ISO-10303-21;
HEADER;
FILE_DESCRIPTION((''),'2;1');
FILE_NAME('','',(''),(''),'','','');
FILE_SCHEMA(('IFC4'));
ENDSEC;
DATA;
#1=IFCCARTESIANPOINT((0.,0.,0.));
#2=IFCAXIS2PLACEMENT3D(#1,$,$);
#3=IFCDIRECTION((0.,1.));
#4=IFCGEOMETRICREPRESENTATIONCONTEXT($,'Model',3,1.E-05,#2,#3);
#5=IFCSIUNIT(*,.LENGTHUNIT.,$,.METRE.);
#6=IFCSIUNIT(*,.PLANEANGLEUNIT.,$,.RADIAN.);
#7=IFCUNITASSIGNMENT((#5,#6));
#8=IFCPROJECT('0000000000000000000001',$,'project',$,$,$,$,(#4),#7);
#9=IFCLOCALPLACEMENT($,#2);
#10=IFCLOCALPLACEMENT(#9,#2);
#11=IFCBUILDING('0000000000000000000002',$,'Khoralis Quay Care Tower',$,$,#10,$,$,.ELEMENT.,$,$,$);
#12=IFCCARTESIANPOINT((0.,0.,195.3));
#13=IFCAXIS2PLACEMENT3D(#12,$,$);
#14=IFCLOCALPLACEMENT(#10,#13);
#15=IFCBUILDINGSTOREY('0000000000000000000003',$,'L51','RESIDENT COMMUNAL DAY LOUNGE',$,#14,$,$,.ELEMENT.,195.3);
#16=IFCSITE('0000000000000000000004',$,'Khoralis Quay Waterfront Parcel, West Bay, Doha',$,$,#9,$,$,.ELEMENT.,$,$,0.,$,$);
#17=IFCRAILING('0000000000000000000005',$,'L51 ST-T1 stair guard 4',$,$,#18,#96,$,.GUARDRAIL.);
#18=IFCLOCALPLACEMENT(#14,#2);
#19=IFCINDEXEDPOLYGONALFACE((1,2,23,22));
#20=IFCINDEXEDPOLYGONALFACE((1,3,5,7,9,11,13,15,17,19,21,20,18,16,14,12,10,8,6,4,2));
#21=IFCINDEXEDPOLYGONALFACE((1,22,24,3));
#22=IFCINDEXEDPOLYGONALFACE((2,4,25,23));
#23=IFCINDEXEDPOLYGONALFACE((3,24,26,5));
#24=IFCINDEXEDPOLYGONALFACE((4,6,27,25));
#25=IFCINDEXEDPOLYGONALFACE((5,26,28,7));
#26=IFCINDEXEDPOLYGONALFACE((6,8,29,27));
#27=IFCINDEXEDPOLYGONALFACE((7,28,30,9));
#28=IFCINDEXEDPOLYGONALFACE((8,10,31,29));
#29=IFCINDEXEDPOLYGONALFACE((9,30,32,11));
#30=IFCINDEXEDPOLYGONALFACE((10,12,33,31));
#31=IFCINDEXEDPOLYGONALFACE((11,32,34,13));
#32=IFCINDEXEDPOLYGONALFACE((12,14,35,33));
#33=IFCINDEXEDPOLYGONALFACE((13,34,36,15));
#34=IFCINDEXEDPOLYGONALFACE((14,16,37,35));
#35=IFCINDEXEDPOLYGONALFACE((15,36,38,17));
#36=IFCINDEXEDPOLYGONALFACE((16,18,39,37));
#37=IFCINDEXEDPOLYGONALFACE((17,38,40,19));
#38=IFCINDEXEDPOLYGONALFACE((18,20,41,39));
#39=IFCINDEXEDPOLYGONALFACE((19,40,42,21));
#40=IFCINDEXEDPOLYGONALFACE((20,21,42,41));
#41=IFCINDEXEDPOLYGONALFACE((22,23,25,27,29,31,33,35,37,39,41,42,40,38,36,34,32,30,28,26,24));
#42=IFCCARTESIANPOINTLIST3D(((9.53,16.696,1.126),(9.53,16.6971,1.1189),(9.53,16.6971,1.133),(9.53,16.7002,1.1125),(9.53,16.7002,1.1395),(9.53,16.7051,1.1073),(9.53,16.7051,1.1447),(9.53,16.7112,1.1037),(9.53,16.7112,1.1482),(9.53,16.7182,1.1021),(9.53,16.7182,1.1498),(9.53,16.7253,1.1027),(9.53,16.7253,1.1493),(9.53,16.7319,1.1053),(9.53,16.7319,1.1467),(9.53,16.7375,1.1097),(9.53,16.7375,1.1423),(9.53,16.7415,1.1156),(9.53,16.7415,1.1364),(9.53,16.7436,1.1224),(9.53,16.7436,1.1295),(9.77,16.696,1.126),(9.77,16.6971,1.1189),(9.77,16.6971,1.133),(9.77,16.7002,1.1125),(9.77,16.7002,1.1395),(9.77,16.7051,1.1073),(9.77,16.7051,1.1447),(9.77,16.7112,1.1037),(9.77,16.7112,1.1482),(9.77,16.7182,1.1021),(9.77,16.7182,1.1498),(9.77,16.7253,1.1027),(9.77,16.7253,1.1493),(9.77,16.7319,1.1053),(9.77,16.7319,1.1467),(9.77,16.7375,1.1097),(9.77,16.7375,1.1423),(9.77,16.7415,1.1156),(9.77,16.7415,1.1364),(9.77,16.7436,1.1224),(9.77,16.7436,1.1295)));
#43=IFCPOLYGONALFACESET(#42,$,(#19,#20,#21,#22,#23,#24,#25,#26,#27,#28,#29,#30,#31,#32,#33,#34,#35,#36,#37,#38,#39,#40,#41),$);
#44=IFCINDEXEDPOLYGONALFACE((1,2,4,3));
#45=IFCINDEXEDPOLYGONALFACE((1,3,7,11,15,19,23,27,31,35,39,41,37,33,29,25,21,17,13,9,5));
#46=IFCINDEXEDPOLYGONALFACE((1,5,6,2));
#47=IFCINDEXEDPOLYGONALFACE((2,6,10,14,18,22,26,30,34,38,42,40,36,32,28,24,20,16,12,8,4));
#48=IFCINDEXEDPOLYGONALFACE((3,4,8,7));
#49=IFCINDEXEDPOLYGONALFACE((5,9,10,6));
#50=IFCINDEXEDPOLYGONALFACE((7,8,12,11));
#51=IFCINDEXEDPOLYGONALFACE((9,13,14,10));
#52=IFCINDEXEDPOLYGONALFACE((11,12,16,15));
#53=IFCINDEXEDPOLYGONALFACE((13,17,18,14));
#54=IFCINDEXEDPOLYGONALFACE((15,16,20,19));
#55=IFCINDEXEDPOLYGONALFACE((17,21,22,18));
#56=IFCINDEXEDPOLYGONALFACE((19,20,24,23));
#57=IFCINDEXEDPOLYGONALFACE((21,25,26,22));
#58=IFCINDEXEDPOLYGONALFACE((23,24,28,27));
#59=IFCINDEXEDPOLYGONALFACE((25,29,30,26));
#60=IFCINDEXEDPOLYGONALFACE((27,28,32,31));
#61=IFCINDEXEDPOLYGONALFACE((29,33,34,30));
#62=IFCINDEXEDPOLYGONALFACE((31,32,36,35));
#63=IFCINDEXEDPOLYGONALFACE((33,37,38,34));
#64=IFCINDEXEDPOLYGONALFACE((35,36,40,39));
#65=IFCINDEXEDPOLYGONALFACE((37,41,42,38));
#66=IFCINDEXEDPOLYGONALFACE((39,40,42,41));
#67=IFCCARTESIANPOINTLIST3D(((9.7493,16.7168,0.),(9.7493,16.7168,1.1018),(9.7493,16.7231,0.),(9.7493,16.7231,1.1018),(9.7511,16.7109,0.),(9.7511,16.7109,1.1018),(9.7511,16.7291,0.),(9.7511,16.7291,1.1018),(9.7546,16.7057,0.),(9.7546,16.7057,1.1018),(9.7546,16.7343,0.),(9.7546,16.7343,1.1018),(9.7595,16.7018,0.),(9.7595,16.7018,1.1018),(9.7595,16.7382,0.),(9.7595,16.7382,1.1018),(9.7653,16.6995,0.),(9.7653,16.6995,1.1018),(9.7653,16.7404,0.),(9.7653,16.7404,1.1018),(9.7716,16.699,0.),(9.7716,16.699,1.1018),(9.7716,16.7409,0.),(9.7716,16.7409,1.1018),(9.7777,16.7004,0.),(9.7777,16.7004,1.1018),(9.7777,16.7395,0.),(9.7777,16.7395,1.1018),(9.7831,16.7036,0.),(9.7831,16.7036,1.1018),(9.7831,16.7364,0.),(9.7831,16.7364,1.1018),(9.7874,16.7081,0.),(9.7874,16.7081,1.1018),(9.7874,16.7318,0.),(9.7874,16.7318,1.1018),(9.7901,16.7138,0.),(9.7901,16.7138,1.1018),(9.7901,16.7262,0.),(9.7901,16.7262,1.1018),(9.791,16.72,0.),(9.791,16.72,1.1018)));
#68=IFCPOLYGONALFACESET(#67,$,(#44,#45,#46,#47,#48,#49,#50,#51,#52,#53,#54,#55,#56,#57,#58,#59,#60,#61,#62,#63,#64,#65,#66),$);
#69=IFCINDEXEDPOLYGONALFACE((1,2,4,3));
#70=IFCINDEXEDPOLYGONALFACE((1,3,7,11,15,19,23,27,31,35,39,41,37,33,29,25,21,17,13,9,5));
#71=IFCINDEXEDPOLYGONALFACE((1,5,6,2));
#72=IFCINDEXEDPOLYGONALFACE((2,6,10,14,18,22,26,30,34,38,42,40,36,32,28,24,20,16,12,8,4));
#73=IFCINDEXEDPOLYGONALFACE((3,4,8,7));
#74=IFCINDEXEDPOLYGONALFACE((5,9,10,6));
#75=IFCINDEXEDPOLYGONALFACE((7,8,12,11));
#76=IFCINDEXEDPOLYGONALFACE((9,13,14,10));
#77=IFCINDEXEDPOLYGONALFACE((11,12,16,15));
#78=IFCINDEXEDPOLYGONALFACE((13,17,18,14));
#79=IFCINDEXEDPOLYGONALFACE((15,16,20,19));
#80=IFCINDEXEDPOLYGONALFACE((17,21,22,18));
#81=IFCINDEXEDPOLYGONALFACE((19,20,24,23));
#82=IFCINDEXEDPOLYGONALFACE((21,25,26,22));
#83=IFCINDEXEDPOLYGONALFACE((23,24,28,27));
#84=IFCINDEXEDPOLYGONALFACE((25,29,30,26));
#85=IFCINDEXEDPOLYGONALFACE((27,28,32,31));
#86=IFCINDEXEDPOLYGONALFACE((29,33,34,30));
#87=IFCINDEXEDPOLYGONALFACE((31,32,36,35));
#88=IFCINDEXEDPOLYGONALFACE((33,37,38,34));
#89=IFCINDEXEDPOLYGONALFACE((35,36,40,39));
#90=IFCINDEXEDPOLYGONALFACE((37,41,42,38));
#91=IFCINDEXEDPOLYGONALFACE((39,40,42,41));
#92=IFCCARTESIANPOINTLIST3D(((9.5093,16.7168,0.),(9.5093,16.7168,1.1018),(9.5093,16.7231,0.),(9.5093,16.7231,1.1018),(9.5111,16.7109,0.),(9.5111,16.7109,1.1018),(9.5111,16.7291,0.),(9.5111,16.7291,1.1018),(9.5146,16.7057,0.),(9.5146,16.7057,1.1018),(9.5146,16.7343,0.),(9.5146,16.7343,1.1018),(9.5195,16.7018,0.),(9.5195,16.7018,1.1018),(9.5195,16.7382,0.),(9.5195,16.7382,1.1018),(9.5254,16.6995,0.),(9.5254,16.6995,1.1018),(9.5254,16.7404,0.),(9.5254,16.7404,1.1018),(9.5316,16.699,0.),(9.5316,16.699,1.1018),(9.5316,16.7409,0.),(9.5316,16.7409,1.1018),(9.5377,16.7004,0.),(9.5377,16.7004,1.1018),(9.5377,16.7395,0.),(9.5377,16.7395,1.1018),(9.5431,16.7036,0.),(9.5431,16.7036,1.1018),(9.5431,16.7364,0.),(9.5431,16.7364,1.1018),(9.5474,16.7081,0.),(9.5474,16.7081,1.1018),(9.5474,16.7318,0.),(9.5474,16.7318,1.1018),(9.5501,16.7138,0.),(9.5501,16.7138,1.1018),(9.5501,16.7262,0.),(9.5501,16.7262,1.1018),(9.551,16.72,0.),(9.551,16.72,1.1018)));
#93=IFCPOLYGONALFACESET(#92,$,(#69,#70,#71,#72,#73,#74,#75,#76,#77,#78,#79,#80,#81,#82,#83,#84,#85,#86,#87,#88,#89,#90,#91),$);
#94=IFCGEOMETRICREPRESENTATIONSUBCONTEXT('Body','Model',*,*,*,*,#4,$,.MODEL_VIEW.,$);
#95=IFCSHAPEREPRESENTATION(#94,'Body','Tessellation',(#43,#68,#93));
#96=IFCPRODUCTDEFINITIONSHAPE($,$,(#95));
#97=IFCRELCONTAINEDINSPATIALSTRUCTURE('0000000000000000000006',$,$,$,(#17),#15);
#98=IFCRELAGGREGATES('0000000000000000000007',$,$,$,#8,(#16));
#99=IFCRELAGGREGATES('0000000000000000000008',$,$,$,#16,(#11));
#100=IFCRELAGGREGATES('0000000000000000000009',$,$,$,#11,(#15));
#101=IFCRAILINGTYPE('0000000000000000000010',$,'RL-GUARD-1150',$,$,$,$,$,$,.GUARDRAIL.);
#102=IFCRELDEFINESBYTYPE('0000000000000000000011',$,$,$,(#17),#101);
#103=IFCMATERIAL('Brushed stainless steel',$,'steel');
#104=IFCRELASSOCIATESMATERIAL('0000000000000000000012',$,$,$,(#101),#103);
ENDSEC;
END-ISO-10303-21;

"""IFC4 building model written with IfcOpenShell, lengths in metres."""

from ifc_helpers import new_model, si_unit, direction, frame, origin, origin_2d, place, context, subcontext, project, spatial, circle, extrude, material, type_object, element, save


model = new_model("IFC4")

# Units and contexts
model_context = context("Model", 3, precision=1e-05, world=origin(), true_north=direction((0.0, 1.0)))
body_context = subcontext(model_context, "Body", "Model", "MODEL_VIEW")
ifc_project = project(units=[si_unit("LENGTHUNIT", "METRE"), si_unit("PLANEANGLEUNIT", "RADIAN")], contexts=[model_context])

# Site, building, storey
site_placement = place(None, origin())
site = spatial("IfcSite", under=ifc_project, at=site_placement, Name="Khoralis Quay Waterfront Parcel, West Bay, Doha", CompositionType="ELEMENT", RefElevation=0.0)
building_placement = place(site_placement, origin())
building = spatial("IfcBuilding", under=site, at=building_placement, Name="Khoralis Quay Care Tower", CompositionType="ELEMENT")
storey_placement = place(building_placement, frame((0.0, 0.0, 195.3)))
storey = spatial("IfcBuildingStorey", under=building, at=storey_placement, Name="L51", Description="RESIDENT COMMUNAL DAY LOUNGE", CompositionType="ELEMENT", Elevation=195.3)

# Shared definitions
ifc_material_1 = material(Name="Brushed stainless steel", Category="steel")

# Railing
railing_type_1 = type_object("IfcRailingType", Name="RL-GUARD-1150", PredefinedType="GUARDRAIL", material=ifc_material_1)
railing_1_placement = place(storey_placement, frame((9.77, 16.72, 0.0)))
element("IfcRailing", 1, at=railing_1_placement, inside=storey, type_object=railing_type_1, Name="L51 ST-T1 stair guard 4", PredefinedType="GUARDRAIL", context=body_context, shape_type="SweptSolid", body=[
    extrude(circle(Radius=0.0239, at=origin_2d()), frame((0.0, 0.0, 1.126), z_axis=(-1.0, 0.0, 0.0), x_axis=(0.0, -1.0, 0.0)), (0.0, 0.0, 1.0), 0.24),
    extrude(circle(Radius=0.021, at=origin_2d()), origin(), (0.0, 0.0, 1.0), 1.1018),
    extrude(circle(Radius=0.021, at=origin_2d()), frame((-0.24, 0.0, 0.0)), (0.0, 0.0, 1.0), 1.1018),
])

save(model, "model.ifc")
